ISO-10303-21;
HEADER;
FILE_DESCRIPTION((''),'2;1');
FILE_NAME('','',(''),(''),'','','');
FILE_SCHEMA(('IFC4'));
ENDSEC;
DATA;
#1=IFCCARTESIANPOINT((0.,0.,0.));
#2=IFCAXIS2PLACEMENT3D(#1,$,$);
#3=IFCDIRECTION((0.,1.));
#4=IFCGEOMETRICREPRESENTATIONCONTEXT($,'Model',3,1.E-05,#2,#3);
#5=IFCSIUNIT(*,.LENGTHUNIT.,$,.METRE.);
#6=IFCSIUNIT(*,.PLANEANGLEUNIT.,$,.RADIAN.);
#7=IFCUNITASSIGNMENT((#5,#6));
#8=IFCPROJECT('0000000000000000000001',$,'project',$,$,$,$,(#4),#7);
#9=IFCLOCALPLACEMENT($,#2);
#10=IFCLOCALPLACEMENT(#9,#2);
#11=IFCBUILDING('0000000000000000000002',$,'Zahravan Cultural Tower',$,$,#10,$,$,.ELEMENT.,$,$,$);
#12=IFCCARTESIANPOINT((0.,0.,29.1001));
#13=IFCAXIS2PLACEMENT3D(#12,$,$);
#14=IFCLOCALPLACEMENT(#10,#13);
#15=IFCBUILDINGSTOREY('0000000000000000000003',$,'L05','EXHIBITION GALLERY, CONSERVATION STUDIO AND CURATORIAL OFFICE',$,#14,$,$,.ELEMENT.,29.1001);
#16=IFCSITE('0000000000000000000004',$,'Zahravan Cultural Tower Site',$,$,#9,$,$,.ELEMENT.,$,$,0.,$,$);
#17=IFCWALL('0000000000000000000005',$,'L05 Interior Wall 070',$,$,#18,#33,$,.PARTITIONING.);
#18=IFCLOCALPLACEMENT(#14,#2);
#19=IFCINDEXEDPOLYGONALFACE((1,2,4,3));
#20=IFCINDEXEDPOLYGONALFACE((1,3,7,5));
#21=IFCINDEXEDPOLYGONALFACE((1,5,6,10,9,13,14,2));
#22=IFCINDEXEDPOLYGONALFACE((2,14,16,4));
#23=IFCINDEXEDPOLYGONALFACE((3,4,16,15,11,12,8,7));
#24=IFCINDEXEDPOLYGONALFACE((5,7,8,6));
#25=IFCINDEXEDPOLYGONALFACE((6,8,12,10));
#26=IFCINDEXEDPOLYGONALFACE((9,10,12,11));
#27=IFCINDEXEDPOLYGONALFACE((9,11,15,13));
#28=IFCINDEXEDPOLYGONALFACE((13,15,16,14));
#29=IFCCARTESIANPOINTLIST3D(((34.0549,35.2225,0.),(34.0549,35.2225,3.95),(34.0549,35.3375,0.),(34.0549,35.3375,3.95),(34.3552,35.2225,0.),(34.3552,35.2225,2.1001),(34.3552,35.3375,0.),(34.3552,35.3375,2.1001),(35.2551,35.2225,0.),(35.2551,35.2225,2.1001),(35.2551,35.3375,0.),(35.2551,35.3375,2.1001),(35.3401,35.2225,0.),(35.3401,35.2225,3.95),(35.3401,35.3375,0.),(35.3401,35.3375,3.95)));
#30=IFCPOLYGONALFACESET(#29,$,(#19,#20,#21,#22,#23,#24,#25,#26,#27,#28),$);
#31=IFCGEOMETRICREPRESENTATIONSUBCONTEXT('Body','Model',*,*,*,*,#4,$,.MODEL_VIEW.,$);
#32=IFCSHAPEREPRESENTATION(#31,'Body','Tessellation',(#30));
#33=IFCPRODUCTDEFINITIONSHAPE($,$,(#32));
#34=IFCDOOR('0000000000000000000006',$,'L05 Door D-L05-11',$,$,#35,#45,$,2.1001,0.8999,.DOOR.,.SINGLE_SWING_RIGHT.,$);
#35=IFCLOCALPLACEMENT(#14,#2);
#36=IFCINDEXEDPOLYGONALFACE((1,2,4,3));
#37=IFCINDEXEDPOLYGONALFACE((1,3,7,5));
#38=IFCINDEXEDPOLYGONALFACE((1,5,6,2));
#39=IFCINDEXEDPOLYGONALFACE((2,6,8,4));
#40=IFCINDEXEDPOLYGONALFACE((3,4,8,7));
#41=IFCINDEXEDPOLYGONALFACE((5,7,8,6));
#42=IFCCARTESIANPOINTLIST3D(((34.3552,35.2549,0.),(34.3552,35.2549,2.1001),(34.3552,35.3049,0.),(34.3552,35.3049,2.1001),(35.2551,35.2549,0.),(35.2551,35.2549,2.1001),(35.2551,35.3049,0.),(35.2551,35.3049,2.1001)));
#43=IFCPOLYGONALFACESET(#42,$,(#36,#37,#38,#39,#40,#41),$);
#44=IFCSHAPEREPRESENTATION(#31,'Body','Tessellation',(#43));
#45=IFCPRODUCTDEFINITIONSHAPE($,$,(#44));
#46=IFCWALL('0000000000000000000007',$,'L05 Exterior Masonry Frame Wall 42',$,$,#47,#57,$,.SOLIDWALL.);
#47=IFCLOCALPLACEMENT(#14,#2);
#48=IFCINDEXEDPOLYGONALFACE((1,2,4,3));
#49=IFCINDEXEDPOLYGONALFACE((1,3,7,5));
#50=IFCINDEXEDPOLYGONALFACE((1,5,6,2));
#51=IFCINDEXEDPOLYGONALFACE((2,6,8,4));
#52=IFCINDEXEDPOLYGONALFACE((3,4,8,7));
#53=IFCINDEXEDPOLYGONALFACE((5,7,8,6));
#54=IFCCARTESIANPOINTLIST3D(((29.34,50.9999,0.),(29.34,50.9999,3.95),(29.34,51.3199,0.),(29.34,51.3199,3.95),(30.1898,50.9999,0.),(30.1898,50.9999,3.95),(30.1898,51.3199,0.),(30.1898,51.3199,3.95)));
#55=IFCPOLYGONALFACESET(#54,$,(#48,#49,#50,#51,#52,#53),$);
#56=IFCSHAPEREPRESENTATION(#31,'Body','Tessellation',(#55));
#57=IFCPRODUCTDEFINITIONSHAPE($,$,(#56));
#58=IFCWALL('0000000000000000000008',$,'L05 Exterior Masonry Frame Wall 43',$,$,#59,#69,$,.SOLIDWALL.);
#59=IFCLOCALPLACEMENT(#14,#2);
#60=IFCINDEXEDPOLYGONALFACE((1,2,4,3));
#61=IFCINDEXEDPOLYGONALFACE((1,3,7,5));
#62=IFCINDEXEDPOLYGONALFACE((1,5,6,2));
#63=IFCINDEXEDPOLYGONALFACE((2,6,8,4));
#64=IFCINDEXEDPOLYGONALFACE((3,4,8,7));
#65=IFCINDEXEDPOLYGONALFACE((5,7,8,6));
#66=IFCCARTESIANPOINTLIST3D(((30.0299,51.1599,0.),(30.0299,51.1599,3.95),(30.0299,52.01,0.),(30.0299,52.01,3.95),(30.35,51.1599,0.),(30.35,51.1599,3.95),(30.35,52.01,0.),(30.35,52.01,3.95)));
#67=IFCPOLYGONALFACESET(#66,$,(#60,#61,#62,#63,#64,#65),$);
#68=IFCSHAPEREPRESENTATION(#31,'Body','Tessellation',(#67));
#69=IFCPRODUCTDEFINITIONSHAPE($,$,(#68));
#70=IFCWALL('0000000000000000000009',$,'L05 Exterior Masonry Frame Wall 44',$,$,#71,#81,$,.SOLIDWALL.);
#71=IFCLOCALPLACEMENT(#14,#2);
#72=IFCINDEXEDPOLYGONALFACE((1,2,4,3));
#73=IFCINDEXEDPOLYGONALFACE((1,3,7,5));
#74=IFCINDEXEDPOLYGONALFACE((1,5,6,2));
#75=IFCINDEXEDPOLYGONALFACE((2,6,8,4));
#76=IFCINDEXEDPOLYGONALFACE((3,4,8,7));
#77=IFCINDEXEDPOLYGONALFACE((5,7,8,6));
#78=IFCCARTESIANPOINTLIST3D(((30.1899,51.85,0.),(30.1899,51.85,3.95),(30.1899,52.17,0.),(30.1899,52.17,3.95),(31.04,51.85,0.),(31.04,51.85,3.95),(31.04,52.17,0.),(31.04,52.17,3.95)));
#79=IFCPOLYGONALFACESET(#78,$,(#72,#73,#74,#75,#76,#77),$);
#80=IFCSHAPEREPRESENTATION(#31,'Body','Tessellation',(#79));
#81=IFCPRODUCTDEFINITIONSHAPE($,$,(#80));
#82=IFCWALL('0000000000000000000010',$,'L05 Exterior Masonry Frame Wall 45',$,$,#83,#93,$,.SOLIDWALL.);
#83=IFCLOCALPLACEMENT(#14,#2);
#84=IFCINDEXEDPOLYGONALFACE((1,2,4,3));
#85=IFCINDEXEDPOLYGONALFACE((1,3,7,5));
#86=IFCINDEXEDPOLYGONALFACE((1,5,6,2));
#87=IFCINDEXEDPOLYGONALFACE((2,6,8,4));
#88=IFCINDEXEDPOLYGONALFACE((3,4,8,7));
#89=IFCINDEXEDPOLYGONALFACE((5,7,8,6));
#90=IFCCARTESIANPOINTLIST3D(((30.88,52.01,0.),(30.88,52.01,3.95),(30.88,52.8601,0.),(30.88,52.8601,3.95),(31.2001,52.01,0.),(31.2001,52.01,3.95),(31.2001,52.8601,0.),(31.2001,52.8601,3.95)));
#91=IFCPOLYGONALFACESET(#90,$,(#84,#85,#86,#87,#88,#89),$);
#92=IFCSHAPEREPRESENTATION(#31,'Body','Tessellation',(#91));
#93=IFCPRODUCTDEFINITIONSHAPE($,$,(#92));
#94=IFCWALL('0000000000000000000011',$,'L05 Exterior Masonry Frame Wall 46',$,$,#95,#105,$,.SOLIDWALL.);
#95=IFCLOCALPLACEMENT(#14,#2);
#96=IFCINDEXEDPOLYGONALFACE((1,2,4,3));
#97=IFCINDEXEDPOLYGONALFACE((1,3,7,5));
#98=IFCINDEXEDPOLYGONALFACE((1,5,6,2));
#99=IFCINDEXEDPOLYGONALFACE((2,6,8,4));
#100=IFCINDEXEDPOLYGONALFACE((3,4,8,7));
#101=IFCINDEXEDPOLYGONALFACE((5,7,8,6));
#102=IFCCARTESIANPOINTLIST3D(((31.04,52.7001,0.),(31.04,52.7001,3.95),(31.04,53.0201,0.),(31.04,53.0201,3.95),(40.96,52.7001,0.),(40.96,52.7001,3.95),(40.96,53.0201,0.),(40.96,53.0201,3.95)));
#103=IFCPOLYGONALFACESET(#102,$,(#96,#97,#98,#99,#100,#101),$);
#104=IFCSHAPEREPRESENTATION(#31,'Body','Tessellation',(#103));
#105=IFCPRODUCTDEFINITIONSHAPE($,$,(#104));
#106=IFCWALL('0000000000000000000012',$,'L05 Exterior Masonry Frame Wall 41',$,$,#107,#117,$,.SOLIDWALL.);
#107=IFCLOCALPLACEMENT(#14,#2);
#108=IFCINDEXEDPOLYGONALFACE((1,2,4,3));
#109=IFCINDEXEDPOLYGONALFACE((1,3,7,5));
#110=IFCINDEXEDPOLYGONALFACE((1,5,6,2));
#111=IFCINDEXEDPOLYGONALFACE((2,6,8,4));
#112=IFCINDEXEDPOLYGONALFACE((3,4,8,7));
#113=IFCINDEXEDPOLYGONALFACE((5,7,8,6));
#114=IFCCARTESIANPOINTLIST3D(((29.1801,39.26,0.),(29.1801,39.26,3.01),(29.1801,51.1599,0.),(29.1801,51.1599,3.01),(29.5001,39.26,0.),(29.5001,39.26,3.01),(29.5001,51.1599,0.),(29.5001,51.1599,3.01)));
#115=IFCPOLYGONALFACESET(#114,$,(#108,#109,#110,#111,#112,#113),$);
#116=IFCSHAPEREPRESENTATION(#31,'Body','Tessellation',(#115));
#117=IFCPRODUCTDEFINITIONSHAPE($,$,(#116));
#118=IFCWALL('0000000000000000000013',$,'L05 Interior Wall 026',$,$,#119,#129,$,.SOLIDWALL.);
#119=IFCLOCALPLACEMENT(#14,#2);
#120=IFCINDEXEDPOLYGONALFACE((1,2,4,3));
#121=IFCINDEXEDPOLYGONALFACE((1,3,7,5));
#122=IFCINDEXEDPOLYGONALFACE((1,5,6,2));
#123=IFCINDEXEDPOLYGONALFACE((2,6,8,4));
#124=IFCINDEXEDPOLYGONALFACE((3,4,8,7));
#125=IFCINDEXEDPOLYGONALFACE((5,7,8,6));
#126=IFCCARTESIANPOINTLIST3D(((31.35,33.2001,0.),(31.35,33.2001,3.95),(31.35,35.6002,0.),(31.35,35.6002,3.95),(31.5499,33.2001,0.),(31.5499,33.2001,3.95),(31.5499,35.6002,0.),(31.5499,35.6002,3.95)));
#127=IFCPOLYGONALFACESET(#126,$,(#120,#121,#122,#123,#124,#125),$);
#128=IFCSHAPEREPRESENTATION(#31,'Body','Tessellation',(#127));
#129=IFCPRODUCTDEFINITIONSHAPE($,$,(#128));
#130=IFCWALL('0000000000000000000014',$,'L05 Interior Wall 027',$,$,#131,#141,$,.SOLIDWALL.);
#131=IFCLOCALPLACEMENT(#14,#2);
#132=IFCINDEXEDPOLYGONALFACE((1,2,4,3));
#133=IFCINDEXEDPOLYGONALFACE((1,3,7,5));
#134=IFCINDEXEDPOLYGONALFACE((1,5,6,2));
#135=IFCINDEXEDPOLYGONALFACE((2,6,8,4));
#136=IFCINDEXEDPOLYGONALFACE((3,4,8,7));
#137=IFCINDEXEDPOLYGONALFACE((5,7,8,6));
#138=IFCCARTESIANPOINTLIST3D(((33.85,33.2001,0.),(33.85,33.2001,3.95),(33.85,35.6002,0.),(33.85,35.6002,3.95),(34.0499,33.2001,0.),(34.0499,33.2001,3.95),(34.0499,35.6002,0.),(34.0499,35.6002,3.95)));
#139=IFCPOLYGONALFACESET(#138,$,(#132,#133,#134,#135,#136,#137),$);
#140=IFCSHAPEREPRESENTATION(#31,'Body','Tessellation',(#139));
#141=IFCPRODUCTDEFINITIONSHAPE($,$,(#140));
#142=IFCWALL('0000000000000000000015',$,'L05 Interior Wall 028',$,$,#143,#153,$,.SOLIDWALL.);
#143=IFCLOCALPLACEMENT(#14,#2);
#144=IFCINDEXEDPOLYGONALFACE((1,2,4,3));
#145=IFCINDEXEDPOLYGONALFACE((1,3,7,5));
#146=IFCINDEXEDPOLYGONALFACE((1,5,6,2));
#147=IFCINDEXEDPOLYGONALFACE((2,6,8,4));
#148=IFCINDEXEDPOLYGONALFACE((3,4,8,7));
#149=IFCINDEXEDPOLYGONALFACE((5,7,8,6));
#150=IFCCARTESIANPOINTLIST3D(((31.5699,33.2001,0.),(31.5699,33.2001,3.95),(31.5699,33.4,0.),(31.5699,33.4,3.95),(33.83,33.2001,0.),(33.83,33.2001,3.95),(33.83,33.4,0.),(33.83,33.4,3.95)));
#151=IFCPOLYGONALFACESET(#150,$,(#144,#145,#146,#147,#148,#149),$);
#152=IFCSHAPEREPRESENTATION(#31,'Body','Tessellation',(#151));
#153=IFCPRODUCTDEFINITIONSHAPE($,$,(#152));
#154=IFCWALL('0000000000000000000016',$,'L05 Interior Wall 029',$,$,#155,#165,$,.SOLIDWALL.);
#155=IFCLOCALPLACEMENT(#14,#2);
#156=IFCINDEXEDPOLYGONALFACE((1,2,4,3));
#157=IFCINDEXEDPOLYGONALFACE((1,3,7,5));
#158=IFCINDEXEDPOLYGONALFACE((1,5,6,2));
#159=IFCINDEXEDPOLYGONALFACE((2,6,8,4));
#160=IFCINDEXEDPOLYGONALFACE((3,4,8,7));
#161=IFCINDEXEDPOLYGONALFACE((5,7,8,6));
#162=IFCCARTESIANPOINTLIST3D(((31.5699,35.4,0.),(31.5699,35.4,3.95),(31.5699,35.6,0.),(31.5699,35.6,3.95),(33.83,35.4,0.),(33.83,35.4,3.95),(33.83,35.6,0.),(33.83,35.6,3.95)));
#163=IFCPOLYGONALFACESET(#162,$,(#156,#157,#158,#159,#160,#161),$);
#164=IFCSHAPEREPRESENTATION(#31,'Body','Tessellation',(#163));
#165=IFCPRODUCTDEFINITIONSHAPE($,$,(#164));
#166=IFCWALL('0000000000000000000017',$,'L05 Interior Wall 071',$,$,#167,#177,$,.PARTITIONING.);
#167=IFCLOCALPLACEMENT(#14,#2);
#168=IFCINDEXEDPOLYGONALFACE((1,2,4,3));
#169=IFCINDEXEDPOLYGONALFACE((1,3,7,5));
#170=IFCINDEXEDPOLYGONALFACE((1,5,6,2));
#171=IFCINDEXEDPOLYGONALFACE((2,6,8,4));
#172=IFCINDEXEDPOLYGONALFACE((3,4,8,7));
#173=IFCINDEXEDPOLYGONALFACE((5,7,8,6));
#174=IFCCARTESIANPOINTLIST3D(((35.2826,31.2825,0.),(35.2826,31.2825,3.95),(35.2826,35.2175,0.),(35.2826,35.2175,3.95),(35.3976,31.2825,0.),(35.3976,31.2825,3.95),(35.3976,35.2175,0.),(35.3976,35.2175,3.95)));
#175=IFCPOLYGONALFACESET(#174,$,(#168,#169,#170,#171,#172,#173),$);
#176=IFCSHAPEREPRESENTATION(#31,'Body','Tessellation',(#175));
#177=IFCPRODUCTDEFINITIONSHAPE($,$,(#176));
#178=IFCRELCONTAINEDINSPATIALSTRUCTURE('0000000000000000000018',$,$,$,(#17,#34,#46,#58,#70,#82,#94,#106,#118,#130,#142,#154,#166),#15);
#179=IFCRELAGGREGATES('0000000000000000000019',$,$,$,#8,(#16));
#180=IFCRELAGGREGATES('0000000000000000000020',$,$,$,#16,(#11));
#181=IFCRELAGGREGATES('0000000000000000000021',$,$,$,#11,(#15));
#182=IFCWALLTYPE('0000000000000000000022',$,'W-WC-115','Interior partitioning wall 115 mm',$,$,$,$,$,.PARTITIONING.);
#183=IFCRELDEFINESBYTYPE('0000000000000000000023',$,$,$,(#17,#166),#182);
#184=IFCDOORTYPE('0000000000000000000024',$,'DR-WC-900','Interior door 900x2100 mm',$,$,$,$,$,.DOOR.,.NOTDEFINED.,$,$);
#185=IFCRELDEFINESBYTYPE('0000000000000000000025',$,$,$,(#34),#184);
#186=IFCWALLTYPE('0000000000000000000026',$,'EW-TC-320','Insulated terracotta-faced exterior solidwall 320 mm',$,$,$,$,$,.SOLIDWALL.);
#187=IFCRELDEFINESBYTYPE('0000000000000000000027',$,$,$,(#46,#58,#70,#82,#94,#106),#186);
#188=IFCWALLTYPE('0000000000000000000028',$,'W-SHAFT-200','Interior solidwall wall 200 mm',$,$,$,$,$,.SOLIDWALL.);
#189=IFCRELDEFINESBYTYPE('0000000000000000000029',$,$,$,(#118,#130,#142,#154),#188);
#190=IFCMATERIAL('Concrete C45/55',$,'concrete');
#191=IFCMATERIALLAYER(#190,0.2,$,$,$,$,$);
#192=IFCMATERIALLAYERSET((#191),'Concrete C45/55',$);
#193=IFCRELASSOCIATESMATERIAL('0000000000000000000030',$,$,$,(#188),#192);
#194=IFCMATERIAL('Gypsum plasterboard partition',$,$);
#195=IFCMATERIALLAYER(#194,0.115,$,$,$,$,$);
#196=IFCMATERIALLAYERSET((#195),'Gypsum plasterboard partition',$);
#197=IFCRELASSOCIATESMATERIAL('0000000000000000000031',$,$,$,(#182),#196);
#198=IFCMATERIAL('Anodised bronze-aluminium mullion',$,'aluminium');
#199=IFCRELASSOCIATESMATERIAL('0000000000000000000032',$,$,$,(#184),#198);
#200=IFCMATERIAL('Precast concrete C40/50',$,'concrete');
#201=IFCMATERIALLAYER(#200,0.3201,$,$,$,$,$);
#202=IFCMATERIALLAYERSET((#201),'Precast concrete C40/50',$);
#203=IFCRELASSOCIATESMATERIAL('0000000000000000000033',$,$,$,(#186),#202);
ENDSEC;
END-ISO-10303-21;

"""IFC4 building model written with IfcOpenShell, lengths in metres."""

from ifc_helpers import new_model, si_unit, direction, frame, frame_2d, origin, place, context, subcontext, project, spatial, rectangle, extrude, source, transform, mapped, material, layer, layer_set, type_object, element, fill, save


model = new_model("IFC4")

# Units and contexts
model_context = context("Model", 3, precision=1e-05, world=origin(), true_north=direction((0.0, 1.0)))
body_context = subcontext(model_context, "Body", "Model", "MODEL_VIEW")
ifc_project = project(units=[si_unit("LENGTHUNIT", "METRE"), si_unit("PLANEANGLEUNIT", "RADIAN")], contexts=[model_context])

# Site, building, storey
site_placement = place(None, origin())
site = spatial("IfcSite", under=ifc_project, at=site_placement, Name="Zahravan Cultural Tower Site", CompositionType="ELEMENT", RefElevation=0.0)
building_placement = place(site_placement, origin())
building = spatial("IfcBuilding", under=site, at=building_placement, Name="Zahravan Cultural Tower", CompositionType="ELEMENT")
storey_placement = place(building_placement, frame((0.0, 0.0, 29.1001)))
storey = spatial("IfcBuildingStorey", under=building, at=storey_placement, Name="L05", Description="EXHIBITION GALLERY, CONSERVATION STUDIO AND CURATORIAL OFFICE", CompositionType="ELEMENT", Elevation=29.1001)

# Wall, opening, door
ifc_material_1 = material(Name="Concrete C45/55", Category="concrete")
ifc_layer_1 = layer(ifc_material_1, 0.2)
ifc_layer_set_1 = layer_set([ifc_layer_1], Name="Concrete C45/55")
wall_type_1 = type_object("IfcWallType", Name="W-SHAFT-200", Description="Interior solidwall wall 200 mm", PredefinedType="SOLIDWALL", material=ifc_layer_set_1)
ifc_material_2 = material(Name="Gypsum plasterboard partition")
ifc_layer_2 = layer(ifc_material_2, 0.115)
ifc_layer_set_2 = layer_set([ifc_layer_2], Name="Gypsum plasterboard partition")
wall_type_2 = type_object("IfcWallType", Name="W-WC-115", Description="Interior partitioning wall 115 mm", PredefinedType="PARTITIONING", material=ifc_layer_set_2)
wall_1_placement = place(storey_placement, frame((34.0549, 35.28, 0.0), z_axis=(0.0, 0.0, 1.0), x_axis=(1.0, 0.0, 0.0)))
wall_1 = element("IfcWall", 1, at=wall_1_placement, inside=storey, type_object=wall_type_2, Name="L05 Interior Wall 070", PredefinedType="PARTITIONING", context=body_context, shape_type="SweptSolid", body=[
    extrude(rectangle(XDim=1.2852, YDim=0.115, at=frame_2d((0.6426, 0.0))), origin(), (0.0, 0.0, 1.0), 3.95),
])
opening_1_placement = place(wall_1_placement, frame((0.3003, 0.0, 0.0)))
opening_1 = element("IfcOpeningElement", 2, at=opening_1_placement, cuts=wall_1, PredefinedType="OPENING", context=body_context, shape_type="SweptSolid", body=[
    extrude(rectangle(XDim=0.8999, YDim=2.1001, at=frame_2d((0.45, 1.05))), frame((0.0, 0.0674, 0.0), z_axis=(0.0, -1.0, 0.0), x_axis=(1.0, 0.0, 0.0)), (0.0, 0.0, 1.0), 0.135),
])
ifc_material_3 = material(Name="Anodised bronze-aluminium mullion", Category="aluminium")
door_type_1 = type_object("IfcDoorType", Name="DR-WC-900", Description="Interior door 900x2100 mm", OperationType="NOTDEFINED", PredefinedType="DOOR", material=ifc_material_3)
shared_shape_1 = source(origin(), body_context, "Body", "SweptSolid", [
    extrude(rectangle(XDim=0.8999, YDim=2.1001, at=frame_2d((0.45, 1.05))), frame((0.0, 0.0249, 0.0), z_axis=(0.0, -1.0, 0.0), x_axis=(1.0, 0.0, 0.0)), (0.0, 0.0, 1.0), 0.05),
])
door_1_placement = place(opening_1_placement, origin())
door_1 = element("IfcDoor", 3, at=door_1_placement, inside=storey, type_object=door_type_1, Name="L05 Door D-L05-11", OperationType="SINGLE_SWING_RIGHT", OverallHeight=2.1001, OverallWidth=0.8999, PredefinedType="DOOR", context=body_context, shape_type="MappedRepresentation", body=[
    mapped(shared_shape_1, transform((0.0, 0.0, 0.0), x_axis=(1.0, 0.0, 0.0), y_axis=(0.0, 1.0, 0.0), z_axis=(0.0, 0.0, 1.0), scale=1.0)),
])
fill(opening_1, door_1)

# Walls
ifc_material_4 = material(Name="Precast concrete C40/50", Category="concrete")
ifc_layer_3 = layer(ifc_material_4, 0.3201)
ifc_layer_set_3 = layer_set([ifc_layer_3], Name="Precast concrete C40/50")
wall_type_3 = type_object("IfcWallType", Name="EW-TC-320", Description="Insulated terracotta-faced exterior solidwall 320 mm", PredefinedType="SOLIDWALL", material=ifc_layer_set_3)
shared_shape_2 = source(origin(), body_context, "Body", "SweptSolid", [
    extrude(rectangle(XDim=0.8499, YDim=0.3201, at=frame_2d((0.4248, 0.0))), origin(), (0.0, 0.0, 1.0), 3.95),
])
wall_2_placement = place(storey_placement, frame((29.3401, 51.1599, 0.0), z_axis=(0.0, 0.0, 1.0), x_axis=(1.0, 0.0, 0.0)))
element("IfcWall", 4, at=wall_2_placement, inside=storey, type_object=wall_type_3, Name="L05 Exterior Masonry Frame Wall 42", PredefinedType="SOLIDWALL", context=body_context, shape_type="MappedRepresentation", body=[
    mapped(shared_shape_2, transform((0.0, 0.0, 0.0), x_axis=(1.0, 0.0, 0.0), y_axis=(0.0, 1.0, 0.0), z_axis=(0.0, 0.0, 1.0), scale=1.0)),
])
shared_shape_3 = source(origin(), body_context, "Body", "SweptSolid", [
    extrude(rectangle(XDim=0.8501, YDim=0.3201, at=frame_2d((0.425, 0.0))), origin(), (0.0, 0.0, 1.0), 3.95),
])
for number, where, z_axis, x_axis, name in (
    (5, (30.1899, 51.1599, 0.0), (0.0, 0.0, 1.0), (0.0, 1.0, 0.0), "L05 Exterior Masonry Frame Wall 43"),
    (6, (30.1899, 52.01, 0.0), (0.0, 0.0, 1.0), (1.0, 0.0, 0.0), "L05 Exterior Masonry Frame Wall 44"),
    (7, (31.04, 52.01, 0.0), (0.0, 0.0, 1.0), (0.0, 1.0, 0.0), "L05 Exterior Masonry Frame Wall 45"),
):
    element("IfcWall", number, at=place(storey_placement, frame(where, z_axis=z_axis, x_axis=x_axis)), inside=storey, type_object=wall_type_3, Name=name, PredefinedType="SOLIDWALL", context=body_context, shape_type="MappedRepresentation", body=[
        mapped(shared_shape_3, transform((0.0, 0.0, 0.0), x_axis=(1.0, 0.0, 0.0), y_axis=(0.0, 1.0, 0.0), z_axis=(0.0, 0.0, 1.0), scale=1.0)),
    ])
shared_shape_4 = source(origin(), body_context, "Body", "SweptSolid", [
    extrude(rectangle(XDim=9.9199, YDim=0.3201, at=frame_2d((4.96, 0.0))), origin(), (0.0, 0.0, 1.0), 3.95),
])
wall_3_placement = place(storey_placement, frame((31.04, 52.8601, 0.0), z_axis=(0.0, 0.0, 1.0), x_axis=(1.0, 0.0, 0.0)))
element("IfcWall", 8, at=wall_3_placement, inside=storey, type_object=wall_type_3, Name="L05 Exterior Masonry Frame Wall 46", PredefinedType="SOLIDWALL", context=body_context, shape_type="MappedRepresentation", body=[
    mapped(shared_shape_4, transform((0.0, 0.0, 0.0), x_axis=(1.0, 0.0, 0.0), y_axis=(0.0, 1.0, 0.0), z_axis=(0.0, 0.0, 1.0), scale=1.0)),
])
shared_shape_5 = source(origin(), body_context, "Body", "SweptSolid", [
    extrude(rectangle(XDim=11.8999, YDim=0.3201, at=frame_2d((5.95, 0.0))), origin(), (0.0, 0.0, 1.0), 3.01),
])
wall_4_placement = place(storey_placement, frame((29.3401, 39.26, 0.0), z_axis=(0.0, 0.0, 1.0), x_axis=(0.0, 1.0, 0.0)))
element("IfcWall", 9, at=wall_4_placement, inside=storey, type_object=wall_type_3, Name="L05 Exterior Masonry Frame Wall 41", PredefinedType="SOLIDWALL", context=body_context, shape_type="MappedRepresentation", body=[
    mapped(shared_shape_5, transform((0.0, 0.0, 0.0), x_axis=(1.0, 0.0, 0.0), y_axis=(0.0, 1.0, 0.0), z_axis=(0.0, 0.0, 1.0), scale=1.0)),
])
shared_shape_6 = source(origin(), body_context, "Body", "SweptSolid", [
    extrude(rectangle(XDim=2.4001, YDim=0.2, at=frame_2d((1.2002, 0.0))), origin(), (0.0, 0.0, 1.0), 3.95),
])
for number, where, z_axis, x_axis, name in (
    (10, (31.45, 33.2, 0.0), (0.0, 0.0, 1.0), (0.0, 1.0, 0.0), "L05 Interior Wall 026"),
    (11, (33.95, 33.2, 0.0), (0.0, 0.0, 1.0), (0.0, 1.0, 0.0), "L05 Interior Wall 027"),
):
    element("IfcWall", number, at=place(storey_placement, frame(where, z_axis=z_axis, x_axis=x_axis)), inside=storey, type_object=wall_type_1, Name=name, PredefinedType="SOLIDWALL", context=body_context, shape_type="MappedRepresentation", body=[
        mapped(shared_shape_6, transform((0.0, 0.0, 0.0), x_axis=(1.0, 0.0, 0.0), y_axis=(0.0, 1.0, 0.0), z_axis=(0.0, 0.0, 1.0), scale=1.0)),
    ])
shared_shape_7 = source(origin(), body_context, "Body", "SweptSolid", [
    extrude(rectangle(XDim=2.26, YDim=0.2, at=frame_2d((1.1299, 0.0))), origin(), (0.0, 0.0, 1.0), 3.95),
])
for number, where, z_axis, x_axis, name in (
    (12, (31.5701, 33.3, 0.0), (0.0, 0.0, 1.0), (1.0, 0.0, 0.0), "L05 Interior Wall 028"),
    (13, (31.5701, 35.5, 0.0), (0.0, 0.0, 1.0), (1.0, 0.0, 0.0), "L05 Interior Wall 029"),
):
    element("IfcWall", number, at=place(storey_placement, frame(where, z_axis=z_axis, x_axis=x_axis)), inside=storey, type_object=wall_type_1, Name=name, PredefinedType="SOLIDWALL", context=body_context, shape_type="MappedRepresentation", body=[
        mapped(shared_shape_7, transform((0.0, 0.0, 0.0), x_axis=(1.0, 0.0, 0.0), y_axis=(0.0, 1.0, 0.0), z_axis=(0.0, 0.0, 1.0), scale=1.0)),
    ])
shared_shape_8 = source(origin(), body_context, "Body", "SweptSolid", [
    extrude(rectangle(XDim=3.9351, YDim=0.115, at=frame_2d((1.9675, 0.0))), origin(), (0.0, 0.0, 1.0), 3.95),
])
wall_5_placement = place(storey_placement, frame((35.3401, 35.2175, 0.0), z_axis=(0.0, 0.0, 1.0), x_axis=(0.0, -1.0, 0.0)))
element("IfcWall", 14, at=wall_5_placement, inside=storey, type_object=wall_type_2, Name="L05 Interior Wall 071", PredefinedType="PARTITIONING", context=body_context, shape_type="MappedRepresentation", body=[
    mapped(shared_shape_8, transform((0.0, 0.0, 0.0), x_axis=(1.0, 0.0, 0.0), y_axis=(0.0, 1.0, 0.0), z_axis=(0.0, 0.0, 1.0), scale=1.0)),
])

save(model, "model.ifc")
